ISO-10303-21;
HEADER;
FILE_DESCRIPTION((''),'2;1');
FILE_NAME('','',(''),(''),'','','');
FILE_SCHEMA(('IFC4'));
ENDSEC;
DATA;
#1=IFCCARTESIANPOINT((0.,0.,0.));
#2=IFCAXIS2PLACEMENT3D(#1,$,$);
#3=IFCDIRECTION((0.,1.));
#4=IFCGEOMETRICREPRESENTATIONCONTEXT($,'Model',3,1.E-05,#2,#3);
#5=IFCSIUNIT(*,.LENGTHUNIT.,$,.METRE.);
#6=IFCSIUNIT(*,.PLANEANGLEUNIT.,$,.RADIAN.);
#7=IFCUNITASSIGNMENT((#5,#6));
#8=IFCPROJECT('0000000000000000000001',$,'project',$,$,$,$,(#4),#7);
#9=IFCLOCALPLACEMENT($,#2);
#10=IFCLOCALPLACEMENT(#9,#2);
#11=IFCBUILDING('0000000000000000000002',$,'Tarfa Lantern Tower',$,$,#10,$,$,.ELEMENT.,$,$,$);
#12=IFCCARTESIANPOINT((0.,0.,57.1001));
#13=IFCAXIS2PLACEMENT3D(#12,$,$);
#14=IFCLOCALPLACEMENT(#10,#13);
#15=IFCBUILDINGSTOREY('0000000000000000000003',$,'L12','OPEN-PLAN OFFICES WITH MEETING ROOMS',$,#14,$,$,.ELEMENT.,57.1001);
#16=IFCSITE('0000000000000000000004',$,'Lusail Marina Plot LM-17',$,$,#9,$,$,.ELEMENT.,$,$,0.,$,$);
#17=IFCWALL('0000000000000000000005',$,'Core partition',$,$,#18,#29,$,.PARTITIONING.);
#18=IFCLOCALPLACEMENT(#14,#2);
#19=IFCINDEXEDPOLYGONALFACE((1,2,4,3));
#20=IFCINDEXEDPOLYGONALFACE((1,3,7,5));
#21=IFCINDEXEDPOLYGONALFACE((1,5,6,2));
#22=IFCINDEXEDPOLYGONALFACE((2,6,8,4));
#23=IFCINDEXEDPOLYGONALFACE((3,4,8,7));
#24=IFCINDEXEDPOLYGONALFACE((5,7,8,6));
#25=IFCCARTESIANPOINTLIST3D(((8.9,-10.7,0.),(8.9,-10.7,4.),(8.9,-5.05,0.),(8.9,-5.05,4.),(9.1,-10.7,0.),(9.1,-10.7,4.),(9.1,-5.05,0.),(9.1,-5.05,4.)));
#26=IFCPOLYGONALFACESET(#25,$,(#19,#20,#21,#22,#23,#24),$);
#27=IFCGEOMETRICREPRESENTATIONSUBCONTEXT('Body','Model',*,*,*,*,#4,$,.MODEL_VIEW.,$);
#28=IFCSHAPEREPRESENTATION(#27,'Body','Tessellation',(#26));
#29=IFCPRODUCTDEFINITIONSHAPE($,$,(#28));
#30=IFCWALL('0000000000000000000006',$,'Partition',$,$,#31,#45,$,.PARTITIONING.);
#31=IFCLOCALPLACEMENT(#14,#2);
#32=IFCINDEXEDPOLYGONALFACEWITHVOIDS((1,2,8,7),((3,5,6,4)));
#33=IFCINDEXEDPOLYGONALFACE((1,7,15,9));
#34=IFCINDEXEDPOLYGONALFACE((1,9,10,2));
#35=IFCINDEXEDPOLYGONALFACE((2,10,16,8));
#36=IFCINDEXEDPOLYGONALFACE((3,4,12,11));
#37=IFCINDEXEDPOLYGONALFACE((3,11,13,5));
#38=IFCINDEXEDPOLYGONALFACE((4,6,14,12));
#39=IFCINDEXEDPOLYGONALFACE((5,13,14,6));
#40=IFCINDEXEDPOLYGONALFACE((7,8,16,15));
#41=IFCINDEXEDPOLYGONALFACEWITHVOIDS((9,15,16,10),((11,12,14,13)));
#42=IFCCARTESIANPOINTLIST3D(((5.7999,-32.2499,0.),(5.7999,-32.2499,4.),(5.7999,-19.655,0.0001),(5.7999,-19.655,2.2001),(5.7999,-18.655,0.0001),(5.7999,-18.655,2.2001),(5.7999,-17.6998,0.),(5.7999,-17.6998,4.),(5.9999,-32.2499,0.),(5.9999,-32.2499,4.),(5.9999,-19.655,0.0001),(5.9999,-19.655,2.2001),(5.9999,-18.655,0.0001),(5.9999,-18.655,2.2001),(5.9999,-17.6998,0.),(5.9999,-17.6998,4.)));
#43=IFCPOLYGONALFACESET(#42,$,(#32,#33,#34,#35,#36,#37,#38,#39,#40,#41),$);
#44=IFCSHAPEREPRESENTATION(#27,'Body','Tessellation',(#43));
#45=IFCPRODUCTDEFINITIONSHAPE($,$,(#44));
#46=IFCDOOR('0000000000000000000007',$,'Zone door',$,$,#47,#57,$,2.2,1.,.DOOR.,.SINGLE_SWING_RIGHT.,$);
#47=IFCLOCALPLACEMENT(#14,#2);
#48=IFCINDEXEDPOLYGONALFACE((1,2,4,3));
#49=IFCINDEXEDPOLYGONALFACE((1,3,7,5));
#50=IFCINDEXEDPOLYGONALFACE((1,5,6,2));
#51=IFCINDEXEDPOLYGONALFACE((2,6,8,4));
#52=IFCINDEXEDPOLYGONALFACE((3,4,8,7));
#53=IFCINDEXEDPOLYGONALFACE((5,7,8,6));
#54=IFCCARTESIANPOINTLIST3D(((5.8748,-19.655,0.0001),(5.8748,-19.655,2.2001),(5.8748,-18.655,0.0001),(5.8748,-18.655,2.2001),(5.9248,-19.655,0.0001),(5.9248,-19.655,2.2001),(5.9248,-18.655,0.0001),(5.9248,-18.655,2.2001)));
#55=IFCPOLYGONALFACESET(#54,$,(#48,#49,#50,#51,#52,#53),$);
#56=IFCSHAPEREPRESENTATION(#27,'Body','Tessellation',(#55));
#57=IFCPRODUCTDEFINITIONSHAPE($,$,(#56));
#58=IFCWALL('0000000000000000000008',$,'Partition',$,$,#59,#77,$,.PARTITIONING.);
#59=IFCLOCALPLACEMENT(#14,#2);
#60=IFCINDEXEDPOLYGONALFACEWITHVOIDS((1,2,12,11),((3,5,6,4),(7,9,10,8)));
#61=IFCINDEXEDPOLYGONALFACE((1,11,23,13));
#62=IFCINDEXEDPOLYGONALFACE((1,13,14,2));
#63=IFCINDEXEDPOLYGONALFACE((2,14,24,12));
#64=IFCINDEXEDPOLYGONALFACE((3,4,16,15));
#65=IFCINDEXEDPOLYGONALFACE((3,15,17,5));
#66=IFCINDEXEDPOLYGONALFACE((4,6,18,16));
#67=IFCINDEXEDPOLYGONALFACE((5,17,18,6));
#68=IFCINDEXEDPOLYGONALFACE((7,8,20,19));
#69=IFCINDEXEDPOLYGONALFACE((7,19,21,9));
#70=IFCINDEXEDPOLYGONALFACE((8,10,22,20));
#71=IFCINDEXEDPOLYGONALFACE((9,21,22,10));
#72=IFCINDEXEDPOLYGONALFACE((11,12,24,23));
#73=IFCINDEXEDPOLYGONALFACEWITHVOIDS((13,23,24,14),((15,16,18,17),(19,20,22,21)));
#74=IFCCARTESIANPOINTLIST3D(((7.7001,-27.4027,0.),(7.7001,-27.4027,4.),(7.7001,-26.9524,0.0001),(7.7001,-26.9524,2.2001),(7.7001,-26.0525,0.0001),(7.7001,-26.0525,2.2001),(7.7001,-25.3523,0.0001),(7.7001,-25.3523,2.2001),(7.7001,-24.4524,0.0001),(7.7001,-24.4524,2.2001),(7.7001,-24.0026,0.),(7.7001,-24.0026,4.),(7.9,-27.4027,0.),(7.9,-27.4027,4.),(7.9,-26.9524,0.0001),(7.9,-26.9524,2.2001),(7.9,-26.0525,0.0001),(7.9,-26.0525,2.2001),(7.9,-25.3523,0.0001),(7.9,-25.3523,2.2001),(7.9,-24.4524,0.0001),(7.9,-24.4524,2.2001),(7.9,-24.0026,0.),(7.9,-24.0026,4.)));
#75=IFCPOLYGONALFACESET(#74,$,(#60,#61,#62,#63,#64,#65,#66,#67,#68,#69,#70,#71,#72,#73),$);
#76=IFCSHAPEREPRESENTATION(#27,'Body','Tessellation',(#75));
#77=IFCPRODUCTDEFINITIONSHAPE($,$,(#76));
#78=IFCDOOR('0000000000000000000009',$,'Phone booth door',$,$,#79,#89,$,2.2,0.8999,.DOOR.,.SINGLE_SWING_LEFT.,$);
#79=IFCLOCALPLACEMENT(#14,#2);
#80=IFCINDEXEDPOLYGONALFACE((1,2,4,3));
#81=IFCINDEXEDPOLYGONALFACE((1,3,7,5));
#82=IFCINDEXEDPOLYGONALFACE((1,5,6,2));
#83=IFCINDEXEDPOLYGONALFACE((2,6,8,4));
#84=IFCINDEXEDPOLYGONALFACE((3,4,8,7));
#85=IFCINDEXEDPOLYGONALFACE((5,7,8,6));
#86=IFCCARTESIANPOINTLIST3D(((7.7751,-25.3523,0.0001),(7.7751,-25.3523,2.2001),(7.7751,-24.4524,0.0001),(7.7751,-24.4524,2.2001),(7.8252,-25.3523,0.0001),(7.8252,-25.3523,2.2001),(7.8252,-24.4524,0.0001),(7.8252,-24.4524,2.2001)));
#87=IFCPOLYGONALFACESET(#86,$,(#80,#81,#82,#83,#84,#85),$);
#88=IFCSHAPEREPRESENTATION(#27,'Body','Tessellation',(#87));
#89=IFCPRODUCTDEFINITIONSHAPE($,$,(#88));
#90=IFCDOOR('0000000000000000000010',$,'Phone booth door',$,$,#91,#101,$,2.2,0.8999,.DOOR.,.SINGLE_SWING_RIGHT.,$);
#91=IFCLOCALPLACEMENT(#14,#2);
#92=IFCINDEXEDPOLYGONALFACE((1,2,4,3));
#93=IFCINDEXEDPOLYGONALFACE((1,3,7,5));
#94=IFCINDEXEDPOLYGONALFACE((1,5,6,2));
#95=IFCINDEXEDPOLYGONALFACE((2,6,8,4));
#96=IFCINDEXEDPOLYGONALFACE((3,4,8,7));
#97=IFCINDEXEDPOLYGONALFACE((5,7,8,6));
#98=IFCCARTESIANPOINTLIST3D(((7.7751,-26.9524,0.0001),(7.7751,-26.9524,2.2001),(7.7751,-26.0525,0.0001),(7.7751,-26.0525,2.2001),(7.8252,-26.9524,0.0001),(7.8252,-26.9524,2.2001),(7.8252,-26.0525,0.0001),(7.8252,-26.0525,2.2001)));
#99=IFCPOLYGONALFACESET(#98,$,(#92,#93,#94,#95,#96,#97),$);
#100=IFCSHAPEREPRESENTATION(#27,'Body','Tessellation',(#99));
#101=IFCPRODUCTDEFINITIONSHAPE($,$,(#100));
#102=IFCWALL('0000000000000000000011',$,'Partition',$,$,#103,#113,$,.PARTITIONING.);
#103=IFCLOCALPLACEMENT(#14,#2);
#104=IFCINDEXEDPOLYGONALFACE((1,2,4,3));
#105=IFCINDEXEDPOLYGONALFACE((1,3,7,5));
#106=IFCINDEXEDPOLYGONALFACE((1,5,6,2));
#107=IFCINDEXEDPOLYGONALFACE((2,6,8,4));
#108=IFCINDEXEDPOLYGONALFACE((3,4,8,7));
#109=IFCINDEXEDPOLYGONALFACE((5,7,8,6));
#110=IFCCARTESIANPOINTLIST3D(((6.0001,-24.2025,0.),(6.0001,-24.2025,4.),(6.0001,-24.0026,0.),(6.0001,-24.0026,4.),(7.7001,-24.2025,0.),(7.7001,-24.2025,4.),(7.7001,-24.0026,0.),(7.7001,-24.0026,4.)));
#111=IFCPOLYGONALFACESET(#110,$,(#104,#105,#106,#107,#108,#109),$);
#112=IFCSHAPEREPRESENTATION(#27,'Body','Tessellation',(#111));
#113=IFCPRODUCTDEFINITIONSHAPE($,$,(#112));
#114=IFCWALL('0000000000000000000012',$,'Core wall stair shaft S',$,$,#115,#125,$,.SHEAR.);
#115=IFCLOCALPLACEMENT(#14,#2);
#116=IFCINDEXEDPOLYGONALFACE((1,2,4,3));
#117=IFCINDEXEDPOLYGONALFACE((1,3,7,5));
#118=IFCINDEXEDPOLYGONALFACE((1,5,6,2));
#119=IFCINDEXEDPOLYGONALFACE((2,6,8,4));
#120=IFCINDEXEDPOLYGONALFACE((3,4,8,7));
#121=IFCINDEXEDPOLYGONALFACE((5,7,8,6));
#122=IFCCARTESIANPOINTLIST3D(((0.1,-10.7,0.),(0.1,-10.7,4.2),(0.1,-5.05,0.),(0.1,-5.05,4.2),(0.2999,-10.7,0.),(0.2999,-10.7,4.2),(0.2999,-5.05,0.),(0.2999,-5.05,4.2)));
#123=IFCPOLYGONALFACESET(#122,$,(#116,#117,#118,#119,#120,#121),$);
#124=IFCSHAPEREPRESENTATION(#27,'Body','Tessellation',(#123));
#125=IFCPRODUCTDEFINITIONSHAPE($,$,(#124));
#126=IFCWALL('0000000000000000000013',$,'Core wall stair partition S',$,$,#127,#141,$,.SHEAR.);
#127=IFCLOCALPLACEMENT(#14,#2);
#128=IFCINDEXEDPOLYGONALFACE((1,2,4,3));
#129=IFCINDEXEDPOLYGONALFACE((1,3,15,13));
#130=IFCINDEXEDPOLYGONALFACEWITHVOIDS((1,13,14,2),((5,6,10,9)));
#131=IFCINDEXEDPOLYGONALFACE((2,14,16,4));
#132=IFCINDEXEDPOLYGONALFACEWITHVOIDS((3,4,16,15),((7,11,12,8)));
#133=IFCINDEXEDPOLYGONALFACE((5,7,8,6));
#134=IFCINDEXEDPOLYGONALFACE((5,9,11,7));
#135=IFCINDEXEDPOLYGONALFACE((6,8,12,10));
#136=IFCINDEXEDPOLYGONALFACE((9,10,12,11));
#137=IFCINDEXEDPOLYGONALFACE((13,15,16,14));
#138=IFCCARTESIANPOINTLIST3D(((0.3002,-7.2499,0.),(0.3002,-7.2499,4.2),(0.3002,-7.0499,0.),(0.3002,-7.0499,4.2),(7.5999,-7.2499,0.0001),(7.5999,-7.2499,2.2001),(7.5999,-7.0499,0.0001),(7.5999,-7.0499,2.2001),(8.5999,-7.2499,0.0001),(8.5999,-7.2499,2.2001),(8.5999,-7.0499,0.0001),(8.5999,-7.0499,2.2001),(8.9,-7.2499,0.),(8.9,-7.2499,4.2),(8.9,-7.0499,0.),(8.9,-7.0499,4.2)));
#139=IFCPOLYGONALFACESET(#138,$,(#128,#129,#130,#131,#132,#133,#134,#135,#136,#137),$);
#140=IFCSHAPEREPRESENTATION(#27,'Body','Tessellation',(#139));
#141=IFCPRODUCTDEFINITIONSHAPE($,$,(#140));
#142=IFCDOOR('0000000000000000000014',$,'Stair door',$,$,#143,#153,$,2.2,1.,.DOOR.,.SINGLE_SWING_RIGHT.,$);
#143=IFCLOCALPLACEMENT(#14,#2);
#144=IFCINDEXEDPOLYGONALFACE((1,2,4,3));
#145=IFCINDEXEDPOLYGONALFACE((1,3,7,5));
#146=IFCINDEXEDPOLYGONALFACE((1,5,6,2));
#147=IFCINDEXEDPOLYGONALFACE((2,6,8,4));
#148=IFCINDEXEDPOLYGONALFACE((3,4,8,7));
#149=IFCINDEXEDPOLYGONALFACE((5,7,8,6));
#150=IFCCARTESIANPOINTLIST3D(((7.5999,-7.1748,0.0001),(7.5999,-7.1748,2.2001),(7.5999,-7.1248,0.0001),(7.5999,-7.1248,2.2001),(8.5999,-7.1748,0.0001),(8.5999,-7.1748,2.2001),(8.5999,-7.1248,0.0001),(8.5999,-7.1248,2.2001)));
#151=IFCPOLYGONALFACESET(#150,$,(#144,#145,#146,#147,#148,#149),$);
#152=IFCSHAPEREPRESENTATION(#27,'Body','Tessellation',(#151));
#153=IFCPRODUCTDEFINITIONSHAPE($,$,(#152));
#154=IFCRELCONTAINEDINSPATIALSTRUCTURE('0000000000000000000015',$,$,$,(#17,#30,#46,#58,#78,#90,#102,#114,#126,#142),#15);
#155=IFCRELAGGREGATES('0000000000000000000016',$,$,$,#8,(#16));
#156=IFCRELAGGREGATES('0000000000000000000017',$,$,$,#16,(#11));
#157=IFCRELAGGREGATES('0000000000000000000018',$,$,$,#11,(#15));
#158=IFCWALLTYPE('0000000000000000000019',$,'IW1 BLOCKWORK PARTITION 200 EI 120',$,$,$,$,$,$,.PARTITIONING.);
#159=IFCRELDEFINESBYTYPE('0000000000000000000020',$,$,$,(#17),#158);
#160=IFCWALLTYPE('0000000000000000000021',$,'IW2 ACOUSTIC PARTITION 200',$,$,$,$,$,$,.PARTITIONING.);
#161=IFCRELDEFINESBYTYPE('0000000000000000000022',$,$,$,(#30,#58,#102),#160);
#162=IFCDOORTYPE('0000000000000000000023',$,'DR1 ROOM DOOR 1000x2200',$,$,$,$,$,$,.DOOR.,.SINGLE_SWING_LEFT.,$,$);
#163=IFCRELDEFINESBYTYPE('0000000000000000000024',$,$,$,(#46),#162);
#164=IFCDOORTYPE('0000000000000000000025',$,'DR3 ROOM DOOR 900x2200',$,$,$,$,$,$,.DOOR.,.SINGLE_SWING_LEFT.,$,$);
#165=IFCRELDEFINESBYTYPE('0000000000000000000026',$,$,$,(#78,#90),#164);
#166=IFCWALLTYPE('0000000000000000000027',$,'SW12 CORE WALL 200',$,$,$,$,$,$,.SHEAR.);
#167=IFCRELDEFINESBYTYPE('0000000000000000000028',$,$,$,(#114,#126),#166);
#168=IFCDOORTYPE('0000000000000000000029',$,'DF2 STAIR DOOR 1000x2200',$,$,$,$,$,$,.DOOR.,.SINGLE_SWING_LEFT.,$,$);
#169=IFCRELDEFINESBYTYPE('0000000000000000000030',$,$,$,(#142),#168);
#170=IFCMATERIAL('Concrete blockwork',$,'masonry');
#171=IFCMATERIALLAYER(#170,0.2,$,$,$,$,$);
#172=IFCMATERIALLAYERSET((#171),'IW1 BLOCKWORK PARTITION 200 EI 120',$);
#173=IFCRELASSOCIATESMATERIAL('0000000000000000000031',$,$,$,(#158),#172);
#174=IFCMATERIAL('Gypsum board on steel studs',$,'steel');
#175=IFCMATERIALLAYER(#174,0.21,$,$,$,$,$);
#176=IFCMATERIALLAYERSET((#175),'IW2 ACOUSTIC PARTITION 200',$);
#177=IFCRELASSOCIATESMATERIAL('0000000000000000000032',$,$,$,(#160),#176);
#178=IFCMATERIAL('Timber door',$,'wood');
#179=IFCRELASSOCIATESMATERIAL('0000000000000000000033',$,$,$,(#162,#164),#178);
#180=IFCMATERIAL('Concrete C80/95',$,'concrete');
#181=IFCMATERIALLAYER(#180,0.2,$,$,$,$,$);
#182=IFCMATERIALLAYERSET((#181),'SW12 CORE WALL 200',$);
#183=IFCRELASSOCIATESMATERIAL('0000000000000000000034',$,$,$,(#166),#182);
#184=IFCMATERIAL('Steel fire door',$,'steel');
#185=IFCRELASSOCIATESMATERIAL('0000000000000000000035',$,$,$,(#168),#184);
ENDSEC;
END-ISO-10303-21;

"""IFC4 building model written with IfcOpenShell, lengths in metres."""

from ifc_helpers import new_model, si_unit, direction, frame, frame_2d, origin, place, context, subcontext, project, spatial, rectangle, extrude, material, layer, layer_set, type_object, element, fill, save


model = new_model("IFC4")

# Units and contexts
model_context = context("Model", 3, precision=1e-05, world=origin(), true_north=direction((0.0, 1.0)))
body_context = subcontext(model_context, "Body", "Model", "MODEL_VIEW")
ifc_project = project(units=[si_unit("LENGTHUNIT", "METRE"), si_unit("PLANEANGLEUNIT", "RADIAN")], contexts=[model_context])

# Site, building, storey
site_placement = place(None, origin())
site = spatial("IfcSite", under=ifc_project, at=site_placement, Name="Lusail Marina Plot LM-17", CompositionType="ELEMENT", RefElevation=0.0)
building_placement = place(site_placement, origin())
building = spatial("IfcBuilding", under=site, at=building_placement, Name="Tarfa Lantern Tower", CompositionType="ELEMENT")
storey_placement = place(building_placement, frame((0.0, 0.0, 57.1001)))
storey = spatial("IfcBuildingStorey", under=building, at=storey_placement, Name="L12", Description="OPEN-PLAN OFFICES WITH MEETING ROOMS", CompositionType="ELEMENT", Elevation=57.1001)

# Wall
ifc_material_1 = material(Name="Concrete blockwork", Category="masonry")
ifc_layer_1 = layer(ifc_material_1, 0.2)
ifc_layer_set_1 = layer_set([ifc_layer_1], Name="IW1 BLOCKWORK PARTITION 200 EI 120")
wall_type_1 = type_object("IfcWallType", Name="IW1 BLOCKWORK PARTITION 200 EI 120", PredefinedType="PARTITIONING", material=ifc_layer_set_1)
wall_1_placement = place(storey_placement, frame((9.0, -5.05, 0.0), z_axis=(0.0, 0.0, 1.0), x_axis=(0.0, -1.0, 0.0)))
element("IfcWall", 1, at=wall_1_placement, inside=storey, type_object=wall_type_1, Name="Core partition", PredefinedType="PARTITIONING", context=body_context, shape_type="SweptSolid", body=[
    extrude(rectangle(XDim=5.6499, YDim=0.2, at=frame_2d((2.825, 0.0))), origin(), (0.0, 0.0, 1.0), 4.0),
])

# Wall, opening, door
ifc_material_2 = material(Name="Gypsum board on steel studs", Category="steel")
ifc_layer_2 = layer(ifc_material_2, 0.21)
ifc_layer_set_2 = layer_set([ifc_layer_2], Name="IW2 ACOUSTIC PARTITION 200")
wall_type_2 = type_object("IfcWallType", Name="IW2 ACOUSTIC PARTITION 200", PredefinedType="PARTITIONING", material=ifc_layer_set_2)
wall_2_placement = place(storey_placement, frame((5.8999, -17.7, 0.0), z_axis=(0.0, 0.0, 1.0), x_axis=(0.0, -1.0, 0.0)))
wall_2 = element("IfcWall", 2, at=wall_2_placement, inside=storey, type_object=wall_type_2, Name="Partition", PredefinedType="PARTITIONING", context=body_context, shape_type="SweptSolid", body=[
    extrude(rectangle(XDim=14.55, YDim=0.2, at=frame_2d((7.2749, 0.0))), origin(), (0.0, 0.0, 1.0), 4.0),
])
opening_1_placement = place(wall_2_placement, frame((0.9551, 0.0, 0.0)))
opening_1 = element("IfcOpeningElement", 3, at=opening_1_placement, cuts=wall_2, PredefinedType="OPENING", context=body_context, shape_type="SweptSolid", body=[
    extrude(rectangle(XDim=1.0, YDim=2.2, at=frame_2d((0.5, 1.1001))), frame((0.0, 0.1099, 0.0), z_axis=(0.0, -1.0, 0.0), x_axis=(1.0, 0.0, 0.0)), (0.0, 0.0, 1.0), 0.22),
])
ifc_material_3 = material(Name="Timber door", Category="wood")
door_type_1 = type_object("IfcDoorType", Name="DR1 ROOM DOOR 1000x2200", OperationType="SINGLE_SWING_LEFT", PredefinedType="DOOR", material=ifc_material_3)
door_1_placement = place(opening_1_placement, origin())
door_1 = element("IfcDoor", 4, at=door_1_placement, inside=storey, type_object=door_type_1, Name="Zone door", OperationType="SINGLE_SWING_RIGHT", OverallHeight=2.2, OverallWidth=1.0, PredefinedType="DOOR", context=body_context, shape_type="SweptSolid", body=[
    extrude(rectangle(XDim=1.0, YDim=2.2, at=frame_2d((0.5, 1.1001))), frame((0.0, 0.0249, 0.0), z_axis=(0.0, -1.0, 0.0), x_axis=(1.0, 0.0, 0.0)), (0.0, 0.0, 1.0), 0.05),
])
fill(opening_1, door_1)

# Wall, openings, doors
wall_3_placement = place(storey_placement, frame((7.8, -24.0024, 0.0), z_axis=(0.0, 0.0, 1.0), x_axis=(0.0, -1.0, 0.0)))
wall_3 = element("IfcWall", 5, at=wall_3_placement, inside=storey, type_object=wall_type_2, Name="Partition", PredefinedType="PARTITIONING", context=body_context, shape_type="SweptSolid", body=[
    extrude(rectangle(XDim=3.4001, YDim=0.2, at=frame_2d((1.7002, 0.0))), origin(), (0.0, 0.0, 1.0), 4.0),
])
opening_2_placement = place(wall_3_placement, frame((0.45, 0.0, 0.0)))
opening_2 = element("IfcOpeningElement", 6, at=opening_2_placement, cuts=wall_3, PredefinedType="OPENING", context=body_context, shape_type="SweptSolid", body=[
    extrude(rectangle(XDim=0.8999, YDim=2.2, at=frame_2d((0.45, 1.1001))), frame((0.0, 0.1099, 0.0), z_axis=(0.0, -1.0, 0.0), x_axis=(1.0, 0.0, 0.0)), (0.0, 0.0, 1.0), 0.22),
])
opening_3_placement = place(wall_3_placement, frame((2.05, 0.0, 0.0)))
opening_3 = element("IfcOpeningElement", 7, at=opening_3_placement, cuts=wall_3, PredefinedType="OPENING", context=body_context, shape_type="SweptSolid", body=[
    extrude(rectangle(XDim=0.8999, YDim=2.2, at=frame_2d((0.45, 1.1001))), frame((0.0, 0.1099, 0.0), z_axis=(0.0, -1.0, 0.0), x_axis=(1.0, 0.0, 0.0)), (0.0, 0.0, 1.0), 0.22),
])
door_type_2 = type_object("IfcDoorType", Name="DR3 ROOM DOOR 900x2200", OperationType="SINGLE_SWING_LEFT", PredefinedType="DOOR", material=ifc_material_3)
door_2_placement = place(opening_2_placement, frame((0.8999, 0.0, 0.0), z_axis=(0.0, 0.0, 1.0), x_axis=(-1.0, 0.0, 0.0)))
door_2 = element("IfcDoor", 8, at=door_2_placement, inside=storey, type_object=door_type_2, Name="Phone booth door", OperationType="SINGLE_SWING_LEFT", OverallHeight=2.2, OverallWidth=0.8999, PredefinedType="DOOR", context=body_context, shape_type="SweptSolid", body=[
    extrude(rectangle(XDim=0.8999, YDim=2.2, at=frame_2d((0.45, 1.1001))), frame((0.0, 0.0249, 0.0), z_axis=(0.0, -1.0, 0.0), x_axis=(1.0, 0.0, 0.0)), (0.0, 0.0, 1.0), 0.05),
])
fill(opening_2, door_2)
door_3_placement = place(opening_3_placement, frame((0.8999, 0.0, 0.0), z_axis=(0.0, 0.0, 1.0), x_axis=(-1.0, 0.0, 0.0)))
door_3 = element("IfcDoor", 9, at=door_3_placement, inside=storey, type_object=door_type_2, Name="Phone booth door", OperationType="SINGLE_SWING_RIGHT", OverallHeight=2.2, OverallWidth=0.8999, PredefinedType="DOOR", context=body_context, shape_type="SweptSolid", body=[
    extrude(rectangle(XDim=0.8999, YDim=2.2, at=frame_2d((0.45, 1.1001))), frame((0.0, 0.0249, 0.0), z_axis=(0.0, -1.0, 0.0), x_axis=(1.0, 0.0, 0.0)), (0.0, 0.0, 1.0), 0.05),
])
fill(opening_3, door_3)

# Walls
wall_4_placement = place(storey_placement, frame((6.0, -24.1025, 0.0), z_axis=(0.0, 0.0, 1.0), x_axis=(1.0, 0.0, 0.0)))
element("IfcWall", 10, at=wall_4_placement, inside=storey, type_object=wall_type_2, Name="Partition", PredefinedType="PARTITIONING", context=body_context, shape_type="SweptSolid", body=[
    extrude(rectangle(XDim=1.7, YDim=0.2, at=frame_2d((0.8501, 0.0))), origin(), (0.0, 0.0, 1.0), 4.0),
])
ifc_material_4 = material(Name="Concrete C80/95", Category="concrete")
ifc_layer_3 = layer(ifc_material_4, 0.2)
ifc_layer_set_3 = layer_set([ifc_layer_3], Name="SW12 CORE WALL 200")
wall_type_3 = type_object("IfcWallType", Name="SW12 CORE WALL 200", PredefinedType="SHEAR", material=ifc_layer_set_3)
wall_5_placement = place(storey_placement, frame((0.2, -5.05, 0.0), z_axis=(0.0, 0.0, 1.0), x_axis=(0.0, -1.0, 0.0)))
element("IfcWall", 11, at=wall_5_placement, inside=storey, type_object=wall_type_3, Name="Core wall stair shaft S", PredefinedType="SHEAR", context=body_context, shape_type="SweptSolid", body=[
    extrude(rectangle(XDim=5.6499, YDim=0.2, at=frame_2d((2.825, 0.0))), origin(), (0.0, 0.0, 1.0), 4.2),
])

# Wall, opening, door
wall_6_placement = place(storey_placement, frame((8.8999, -7.1499, 0.0), z_axis=(0.0, 0.0, 1.0), x_axis=(-1.0, 0.0, 0.0)))
wall_6 = element("IfcWall", 12, at=wall_6_placement, inside=storey, type_object=wall_type_3, Name="Core wall stair partition S", PredefinedType="SHEAR", context=body_context, shape_type="SweptSolid", body=[
    extrude(rectangle(XDim=8.5999, YDim=0.2, at=frame_2d((4.2998, 0.0))), origin(), (0.0, 0.0, 1.0), 4.2),
])
opening_4_placement = place(wall_6_placement, frame((0.3, 0.0, 0.0)))
opening_4 = element("IfcOpeningElement", 13, at=opening_4_placement, cuts=wall_6, PredefinedType="OPENING", context=body_context, shape_type="SweptSolid", body=[
    extrude(rectangle(XDim=1.0, YDim=2.2, at=frame_2d((0.5, 1.1001))), frame((0.0, 0.1099, 0.0), z_axis=(0.0, -1.0, 0.0), x_axis=(1.0, 0.0, 0.0)), (0.0, 0.0, 1.0), 0.22),
])
ifc_material_5 = material(Name="Steel fire door", Category="steel")
door_type_3 = type_object("IfcDoorType", Name="DF2 STAIR DOOR 1000x2200", OperationType="SINGLE_SWING_LEFT", PredefinedType="DOOR", material=ifc_material_5)
door_4_placement = place(opening_4_placement, origin())
door_4 = element("IfcDoor", 14, at=door_4_placement, inside=storey, type_object=door_type_3, Name="Stair door", OperationType="SINGLE_SWING_RIGHT", OverallHeight=2.2, OverallWidth=1.0, PredefinedType="DOOR", context=body_context, shape_type="SweptSolid", body=[
    extrude(rectangle(XDim=1.0, YDim=2.2, at=frame_2d((0.5, 1.1001))), frame((0.0, 0.0249, 0.0), z_axis=(0.0, -1.0, 0.0), x_axis=(1.0, 0.0, 0.0)), (0.0, 0.0, 1.0), 0.05),
])
fill(opening_4, door_4)

save(model, "model.ifc")
